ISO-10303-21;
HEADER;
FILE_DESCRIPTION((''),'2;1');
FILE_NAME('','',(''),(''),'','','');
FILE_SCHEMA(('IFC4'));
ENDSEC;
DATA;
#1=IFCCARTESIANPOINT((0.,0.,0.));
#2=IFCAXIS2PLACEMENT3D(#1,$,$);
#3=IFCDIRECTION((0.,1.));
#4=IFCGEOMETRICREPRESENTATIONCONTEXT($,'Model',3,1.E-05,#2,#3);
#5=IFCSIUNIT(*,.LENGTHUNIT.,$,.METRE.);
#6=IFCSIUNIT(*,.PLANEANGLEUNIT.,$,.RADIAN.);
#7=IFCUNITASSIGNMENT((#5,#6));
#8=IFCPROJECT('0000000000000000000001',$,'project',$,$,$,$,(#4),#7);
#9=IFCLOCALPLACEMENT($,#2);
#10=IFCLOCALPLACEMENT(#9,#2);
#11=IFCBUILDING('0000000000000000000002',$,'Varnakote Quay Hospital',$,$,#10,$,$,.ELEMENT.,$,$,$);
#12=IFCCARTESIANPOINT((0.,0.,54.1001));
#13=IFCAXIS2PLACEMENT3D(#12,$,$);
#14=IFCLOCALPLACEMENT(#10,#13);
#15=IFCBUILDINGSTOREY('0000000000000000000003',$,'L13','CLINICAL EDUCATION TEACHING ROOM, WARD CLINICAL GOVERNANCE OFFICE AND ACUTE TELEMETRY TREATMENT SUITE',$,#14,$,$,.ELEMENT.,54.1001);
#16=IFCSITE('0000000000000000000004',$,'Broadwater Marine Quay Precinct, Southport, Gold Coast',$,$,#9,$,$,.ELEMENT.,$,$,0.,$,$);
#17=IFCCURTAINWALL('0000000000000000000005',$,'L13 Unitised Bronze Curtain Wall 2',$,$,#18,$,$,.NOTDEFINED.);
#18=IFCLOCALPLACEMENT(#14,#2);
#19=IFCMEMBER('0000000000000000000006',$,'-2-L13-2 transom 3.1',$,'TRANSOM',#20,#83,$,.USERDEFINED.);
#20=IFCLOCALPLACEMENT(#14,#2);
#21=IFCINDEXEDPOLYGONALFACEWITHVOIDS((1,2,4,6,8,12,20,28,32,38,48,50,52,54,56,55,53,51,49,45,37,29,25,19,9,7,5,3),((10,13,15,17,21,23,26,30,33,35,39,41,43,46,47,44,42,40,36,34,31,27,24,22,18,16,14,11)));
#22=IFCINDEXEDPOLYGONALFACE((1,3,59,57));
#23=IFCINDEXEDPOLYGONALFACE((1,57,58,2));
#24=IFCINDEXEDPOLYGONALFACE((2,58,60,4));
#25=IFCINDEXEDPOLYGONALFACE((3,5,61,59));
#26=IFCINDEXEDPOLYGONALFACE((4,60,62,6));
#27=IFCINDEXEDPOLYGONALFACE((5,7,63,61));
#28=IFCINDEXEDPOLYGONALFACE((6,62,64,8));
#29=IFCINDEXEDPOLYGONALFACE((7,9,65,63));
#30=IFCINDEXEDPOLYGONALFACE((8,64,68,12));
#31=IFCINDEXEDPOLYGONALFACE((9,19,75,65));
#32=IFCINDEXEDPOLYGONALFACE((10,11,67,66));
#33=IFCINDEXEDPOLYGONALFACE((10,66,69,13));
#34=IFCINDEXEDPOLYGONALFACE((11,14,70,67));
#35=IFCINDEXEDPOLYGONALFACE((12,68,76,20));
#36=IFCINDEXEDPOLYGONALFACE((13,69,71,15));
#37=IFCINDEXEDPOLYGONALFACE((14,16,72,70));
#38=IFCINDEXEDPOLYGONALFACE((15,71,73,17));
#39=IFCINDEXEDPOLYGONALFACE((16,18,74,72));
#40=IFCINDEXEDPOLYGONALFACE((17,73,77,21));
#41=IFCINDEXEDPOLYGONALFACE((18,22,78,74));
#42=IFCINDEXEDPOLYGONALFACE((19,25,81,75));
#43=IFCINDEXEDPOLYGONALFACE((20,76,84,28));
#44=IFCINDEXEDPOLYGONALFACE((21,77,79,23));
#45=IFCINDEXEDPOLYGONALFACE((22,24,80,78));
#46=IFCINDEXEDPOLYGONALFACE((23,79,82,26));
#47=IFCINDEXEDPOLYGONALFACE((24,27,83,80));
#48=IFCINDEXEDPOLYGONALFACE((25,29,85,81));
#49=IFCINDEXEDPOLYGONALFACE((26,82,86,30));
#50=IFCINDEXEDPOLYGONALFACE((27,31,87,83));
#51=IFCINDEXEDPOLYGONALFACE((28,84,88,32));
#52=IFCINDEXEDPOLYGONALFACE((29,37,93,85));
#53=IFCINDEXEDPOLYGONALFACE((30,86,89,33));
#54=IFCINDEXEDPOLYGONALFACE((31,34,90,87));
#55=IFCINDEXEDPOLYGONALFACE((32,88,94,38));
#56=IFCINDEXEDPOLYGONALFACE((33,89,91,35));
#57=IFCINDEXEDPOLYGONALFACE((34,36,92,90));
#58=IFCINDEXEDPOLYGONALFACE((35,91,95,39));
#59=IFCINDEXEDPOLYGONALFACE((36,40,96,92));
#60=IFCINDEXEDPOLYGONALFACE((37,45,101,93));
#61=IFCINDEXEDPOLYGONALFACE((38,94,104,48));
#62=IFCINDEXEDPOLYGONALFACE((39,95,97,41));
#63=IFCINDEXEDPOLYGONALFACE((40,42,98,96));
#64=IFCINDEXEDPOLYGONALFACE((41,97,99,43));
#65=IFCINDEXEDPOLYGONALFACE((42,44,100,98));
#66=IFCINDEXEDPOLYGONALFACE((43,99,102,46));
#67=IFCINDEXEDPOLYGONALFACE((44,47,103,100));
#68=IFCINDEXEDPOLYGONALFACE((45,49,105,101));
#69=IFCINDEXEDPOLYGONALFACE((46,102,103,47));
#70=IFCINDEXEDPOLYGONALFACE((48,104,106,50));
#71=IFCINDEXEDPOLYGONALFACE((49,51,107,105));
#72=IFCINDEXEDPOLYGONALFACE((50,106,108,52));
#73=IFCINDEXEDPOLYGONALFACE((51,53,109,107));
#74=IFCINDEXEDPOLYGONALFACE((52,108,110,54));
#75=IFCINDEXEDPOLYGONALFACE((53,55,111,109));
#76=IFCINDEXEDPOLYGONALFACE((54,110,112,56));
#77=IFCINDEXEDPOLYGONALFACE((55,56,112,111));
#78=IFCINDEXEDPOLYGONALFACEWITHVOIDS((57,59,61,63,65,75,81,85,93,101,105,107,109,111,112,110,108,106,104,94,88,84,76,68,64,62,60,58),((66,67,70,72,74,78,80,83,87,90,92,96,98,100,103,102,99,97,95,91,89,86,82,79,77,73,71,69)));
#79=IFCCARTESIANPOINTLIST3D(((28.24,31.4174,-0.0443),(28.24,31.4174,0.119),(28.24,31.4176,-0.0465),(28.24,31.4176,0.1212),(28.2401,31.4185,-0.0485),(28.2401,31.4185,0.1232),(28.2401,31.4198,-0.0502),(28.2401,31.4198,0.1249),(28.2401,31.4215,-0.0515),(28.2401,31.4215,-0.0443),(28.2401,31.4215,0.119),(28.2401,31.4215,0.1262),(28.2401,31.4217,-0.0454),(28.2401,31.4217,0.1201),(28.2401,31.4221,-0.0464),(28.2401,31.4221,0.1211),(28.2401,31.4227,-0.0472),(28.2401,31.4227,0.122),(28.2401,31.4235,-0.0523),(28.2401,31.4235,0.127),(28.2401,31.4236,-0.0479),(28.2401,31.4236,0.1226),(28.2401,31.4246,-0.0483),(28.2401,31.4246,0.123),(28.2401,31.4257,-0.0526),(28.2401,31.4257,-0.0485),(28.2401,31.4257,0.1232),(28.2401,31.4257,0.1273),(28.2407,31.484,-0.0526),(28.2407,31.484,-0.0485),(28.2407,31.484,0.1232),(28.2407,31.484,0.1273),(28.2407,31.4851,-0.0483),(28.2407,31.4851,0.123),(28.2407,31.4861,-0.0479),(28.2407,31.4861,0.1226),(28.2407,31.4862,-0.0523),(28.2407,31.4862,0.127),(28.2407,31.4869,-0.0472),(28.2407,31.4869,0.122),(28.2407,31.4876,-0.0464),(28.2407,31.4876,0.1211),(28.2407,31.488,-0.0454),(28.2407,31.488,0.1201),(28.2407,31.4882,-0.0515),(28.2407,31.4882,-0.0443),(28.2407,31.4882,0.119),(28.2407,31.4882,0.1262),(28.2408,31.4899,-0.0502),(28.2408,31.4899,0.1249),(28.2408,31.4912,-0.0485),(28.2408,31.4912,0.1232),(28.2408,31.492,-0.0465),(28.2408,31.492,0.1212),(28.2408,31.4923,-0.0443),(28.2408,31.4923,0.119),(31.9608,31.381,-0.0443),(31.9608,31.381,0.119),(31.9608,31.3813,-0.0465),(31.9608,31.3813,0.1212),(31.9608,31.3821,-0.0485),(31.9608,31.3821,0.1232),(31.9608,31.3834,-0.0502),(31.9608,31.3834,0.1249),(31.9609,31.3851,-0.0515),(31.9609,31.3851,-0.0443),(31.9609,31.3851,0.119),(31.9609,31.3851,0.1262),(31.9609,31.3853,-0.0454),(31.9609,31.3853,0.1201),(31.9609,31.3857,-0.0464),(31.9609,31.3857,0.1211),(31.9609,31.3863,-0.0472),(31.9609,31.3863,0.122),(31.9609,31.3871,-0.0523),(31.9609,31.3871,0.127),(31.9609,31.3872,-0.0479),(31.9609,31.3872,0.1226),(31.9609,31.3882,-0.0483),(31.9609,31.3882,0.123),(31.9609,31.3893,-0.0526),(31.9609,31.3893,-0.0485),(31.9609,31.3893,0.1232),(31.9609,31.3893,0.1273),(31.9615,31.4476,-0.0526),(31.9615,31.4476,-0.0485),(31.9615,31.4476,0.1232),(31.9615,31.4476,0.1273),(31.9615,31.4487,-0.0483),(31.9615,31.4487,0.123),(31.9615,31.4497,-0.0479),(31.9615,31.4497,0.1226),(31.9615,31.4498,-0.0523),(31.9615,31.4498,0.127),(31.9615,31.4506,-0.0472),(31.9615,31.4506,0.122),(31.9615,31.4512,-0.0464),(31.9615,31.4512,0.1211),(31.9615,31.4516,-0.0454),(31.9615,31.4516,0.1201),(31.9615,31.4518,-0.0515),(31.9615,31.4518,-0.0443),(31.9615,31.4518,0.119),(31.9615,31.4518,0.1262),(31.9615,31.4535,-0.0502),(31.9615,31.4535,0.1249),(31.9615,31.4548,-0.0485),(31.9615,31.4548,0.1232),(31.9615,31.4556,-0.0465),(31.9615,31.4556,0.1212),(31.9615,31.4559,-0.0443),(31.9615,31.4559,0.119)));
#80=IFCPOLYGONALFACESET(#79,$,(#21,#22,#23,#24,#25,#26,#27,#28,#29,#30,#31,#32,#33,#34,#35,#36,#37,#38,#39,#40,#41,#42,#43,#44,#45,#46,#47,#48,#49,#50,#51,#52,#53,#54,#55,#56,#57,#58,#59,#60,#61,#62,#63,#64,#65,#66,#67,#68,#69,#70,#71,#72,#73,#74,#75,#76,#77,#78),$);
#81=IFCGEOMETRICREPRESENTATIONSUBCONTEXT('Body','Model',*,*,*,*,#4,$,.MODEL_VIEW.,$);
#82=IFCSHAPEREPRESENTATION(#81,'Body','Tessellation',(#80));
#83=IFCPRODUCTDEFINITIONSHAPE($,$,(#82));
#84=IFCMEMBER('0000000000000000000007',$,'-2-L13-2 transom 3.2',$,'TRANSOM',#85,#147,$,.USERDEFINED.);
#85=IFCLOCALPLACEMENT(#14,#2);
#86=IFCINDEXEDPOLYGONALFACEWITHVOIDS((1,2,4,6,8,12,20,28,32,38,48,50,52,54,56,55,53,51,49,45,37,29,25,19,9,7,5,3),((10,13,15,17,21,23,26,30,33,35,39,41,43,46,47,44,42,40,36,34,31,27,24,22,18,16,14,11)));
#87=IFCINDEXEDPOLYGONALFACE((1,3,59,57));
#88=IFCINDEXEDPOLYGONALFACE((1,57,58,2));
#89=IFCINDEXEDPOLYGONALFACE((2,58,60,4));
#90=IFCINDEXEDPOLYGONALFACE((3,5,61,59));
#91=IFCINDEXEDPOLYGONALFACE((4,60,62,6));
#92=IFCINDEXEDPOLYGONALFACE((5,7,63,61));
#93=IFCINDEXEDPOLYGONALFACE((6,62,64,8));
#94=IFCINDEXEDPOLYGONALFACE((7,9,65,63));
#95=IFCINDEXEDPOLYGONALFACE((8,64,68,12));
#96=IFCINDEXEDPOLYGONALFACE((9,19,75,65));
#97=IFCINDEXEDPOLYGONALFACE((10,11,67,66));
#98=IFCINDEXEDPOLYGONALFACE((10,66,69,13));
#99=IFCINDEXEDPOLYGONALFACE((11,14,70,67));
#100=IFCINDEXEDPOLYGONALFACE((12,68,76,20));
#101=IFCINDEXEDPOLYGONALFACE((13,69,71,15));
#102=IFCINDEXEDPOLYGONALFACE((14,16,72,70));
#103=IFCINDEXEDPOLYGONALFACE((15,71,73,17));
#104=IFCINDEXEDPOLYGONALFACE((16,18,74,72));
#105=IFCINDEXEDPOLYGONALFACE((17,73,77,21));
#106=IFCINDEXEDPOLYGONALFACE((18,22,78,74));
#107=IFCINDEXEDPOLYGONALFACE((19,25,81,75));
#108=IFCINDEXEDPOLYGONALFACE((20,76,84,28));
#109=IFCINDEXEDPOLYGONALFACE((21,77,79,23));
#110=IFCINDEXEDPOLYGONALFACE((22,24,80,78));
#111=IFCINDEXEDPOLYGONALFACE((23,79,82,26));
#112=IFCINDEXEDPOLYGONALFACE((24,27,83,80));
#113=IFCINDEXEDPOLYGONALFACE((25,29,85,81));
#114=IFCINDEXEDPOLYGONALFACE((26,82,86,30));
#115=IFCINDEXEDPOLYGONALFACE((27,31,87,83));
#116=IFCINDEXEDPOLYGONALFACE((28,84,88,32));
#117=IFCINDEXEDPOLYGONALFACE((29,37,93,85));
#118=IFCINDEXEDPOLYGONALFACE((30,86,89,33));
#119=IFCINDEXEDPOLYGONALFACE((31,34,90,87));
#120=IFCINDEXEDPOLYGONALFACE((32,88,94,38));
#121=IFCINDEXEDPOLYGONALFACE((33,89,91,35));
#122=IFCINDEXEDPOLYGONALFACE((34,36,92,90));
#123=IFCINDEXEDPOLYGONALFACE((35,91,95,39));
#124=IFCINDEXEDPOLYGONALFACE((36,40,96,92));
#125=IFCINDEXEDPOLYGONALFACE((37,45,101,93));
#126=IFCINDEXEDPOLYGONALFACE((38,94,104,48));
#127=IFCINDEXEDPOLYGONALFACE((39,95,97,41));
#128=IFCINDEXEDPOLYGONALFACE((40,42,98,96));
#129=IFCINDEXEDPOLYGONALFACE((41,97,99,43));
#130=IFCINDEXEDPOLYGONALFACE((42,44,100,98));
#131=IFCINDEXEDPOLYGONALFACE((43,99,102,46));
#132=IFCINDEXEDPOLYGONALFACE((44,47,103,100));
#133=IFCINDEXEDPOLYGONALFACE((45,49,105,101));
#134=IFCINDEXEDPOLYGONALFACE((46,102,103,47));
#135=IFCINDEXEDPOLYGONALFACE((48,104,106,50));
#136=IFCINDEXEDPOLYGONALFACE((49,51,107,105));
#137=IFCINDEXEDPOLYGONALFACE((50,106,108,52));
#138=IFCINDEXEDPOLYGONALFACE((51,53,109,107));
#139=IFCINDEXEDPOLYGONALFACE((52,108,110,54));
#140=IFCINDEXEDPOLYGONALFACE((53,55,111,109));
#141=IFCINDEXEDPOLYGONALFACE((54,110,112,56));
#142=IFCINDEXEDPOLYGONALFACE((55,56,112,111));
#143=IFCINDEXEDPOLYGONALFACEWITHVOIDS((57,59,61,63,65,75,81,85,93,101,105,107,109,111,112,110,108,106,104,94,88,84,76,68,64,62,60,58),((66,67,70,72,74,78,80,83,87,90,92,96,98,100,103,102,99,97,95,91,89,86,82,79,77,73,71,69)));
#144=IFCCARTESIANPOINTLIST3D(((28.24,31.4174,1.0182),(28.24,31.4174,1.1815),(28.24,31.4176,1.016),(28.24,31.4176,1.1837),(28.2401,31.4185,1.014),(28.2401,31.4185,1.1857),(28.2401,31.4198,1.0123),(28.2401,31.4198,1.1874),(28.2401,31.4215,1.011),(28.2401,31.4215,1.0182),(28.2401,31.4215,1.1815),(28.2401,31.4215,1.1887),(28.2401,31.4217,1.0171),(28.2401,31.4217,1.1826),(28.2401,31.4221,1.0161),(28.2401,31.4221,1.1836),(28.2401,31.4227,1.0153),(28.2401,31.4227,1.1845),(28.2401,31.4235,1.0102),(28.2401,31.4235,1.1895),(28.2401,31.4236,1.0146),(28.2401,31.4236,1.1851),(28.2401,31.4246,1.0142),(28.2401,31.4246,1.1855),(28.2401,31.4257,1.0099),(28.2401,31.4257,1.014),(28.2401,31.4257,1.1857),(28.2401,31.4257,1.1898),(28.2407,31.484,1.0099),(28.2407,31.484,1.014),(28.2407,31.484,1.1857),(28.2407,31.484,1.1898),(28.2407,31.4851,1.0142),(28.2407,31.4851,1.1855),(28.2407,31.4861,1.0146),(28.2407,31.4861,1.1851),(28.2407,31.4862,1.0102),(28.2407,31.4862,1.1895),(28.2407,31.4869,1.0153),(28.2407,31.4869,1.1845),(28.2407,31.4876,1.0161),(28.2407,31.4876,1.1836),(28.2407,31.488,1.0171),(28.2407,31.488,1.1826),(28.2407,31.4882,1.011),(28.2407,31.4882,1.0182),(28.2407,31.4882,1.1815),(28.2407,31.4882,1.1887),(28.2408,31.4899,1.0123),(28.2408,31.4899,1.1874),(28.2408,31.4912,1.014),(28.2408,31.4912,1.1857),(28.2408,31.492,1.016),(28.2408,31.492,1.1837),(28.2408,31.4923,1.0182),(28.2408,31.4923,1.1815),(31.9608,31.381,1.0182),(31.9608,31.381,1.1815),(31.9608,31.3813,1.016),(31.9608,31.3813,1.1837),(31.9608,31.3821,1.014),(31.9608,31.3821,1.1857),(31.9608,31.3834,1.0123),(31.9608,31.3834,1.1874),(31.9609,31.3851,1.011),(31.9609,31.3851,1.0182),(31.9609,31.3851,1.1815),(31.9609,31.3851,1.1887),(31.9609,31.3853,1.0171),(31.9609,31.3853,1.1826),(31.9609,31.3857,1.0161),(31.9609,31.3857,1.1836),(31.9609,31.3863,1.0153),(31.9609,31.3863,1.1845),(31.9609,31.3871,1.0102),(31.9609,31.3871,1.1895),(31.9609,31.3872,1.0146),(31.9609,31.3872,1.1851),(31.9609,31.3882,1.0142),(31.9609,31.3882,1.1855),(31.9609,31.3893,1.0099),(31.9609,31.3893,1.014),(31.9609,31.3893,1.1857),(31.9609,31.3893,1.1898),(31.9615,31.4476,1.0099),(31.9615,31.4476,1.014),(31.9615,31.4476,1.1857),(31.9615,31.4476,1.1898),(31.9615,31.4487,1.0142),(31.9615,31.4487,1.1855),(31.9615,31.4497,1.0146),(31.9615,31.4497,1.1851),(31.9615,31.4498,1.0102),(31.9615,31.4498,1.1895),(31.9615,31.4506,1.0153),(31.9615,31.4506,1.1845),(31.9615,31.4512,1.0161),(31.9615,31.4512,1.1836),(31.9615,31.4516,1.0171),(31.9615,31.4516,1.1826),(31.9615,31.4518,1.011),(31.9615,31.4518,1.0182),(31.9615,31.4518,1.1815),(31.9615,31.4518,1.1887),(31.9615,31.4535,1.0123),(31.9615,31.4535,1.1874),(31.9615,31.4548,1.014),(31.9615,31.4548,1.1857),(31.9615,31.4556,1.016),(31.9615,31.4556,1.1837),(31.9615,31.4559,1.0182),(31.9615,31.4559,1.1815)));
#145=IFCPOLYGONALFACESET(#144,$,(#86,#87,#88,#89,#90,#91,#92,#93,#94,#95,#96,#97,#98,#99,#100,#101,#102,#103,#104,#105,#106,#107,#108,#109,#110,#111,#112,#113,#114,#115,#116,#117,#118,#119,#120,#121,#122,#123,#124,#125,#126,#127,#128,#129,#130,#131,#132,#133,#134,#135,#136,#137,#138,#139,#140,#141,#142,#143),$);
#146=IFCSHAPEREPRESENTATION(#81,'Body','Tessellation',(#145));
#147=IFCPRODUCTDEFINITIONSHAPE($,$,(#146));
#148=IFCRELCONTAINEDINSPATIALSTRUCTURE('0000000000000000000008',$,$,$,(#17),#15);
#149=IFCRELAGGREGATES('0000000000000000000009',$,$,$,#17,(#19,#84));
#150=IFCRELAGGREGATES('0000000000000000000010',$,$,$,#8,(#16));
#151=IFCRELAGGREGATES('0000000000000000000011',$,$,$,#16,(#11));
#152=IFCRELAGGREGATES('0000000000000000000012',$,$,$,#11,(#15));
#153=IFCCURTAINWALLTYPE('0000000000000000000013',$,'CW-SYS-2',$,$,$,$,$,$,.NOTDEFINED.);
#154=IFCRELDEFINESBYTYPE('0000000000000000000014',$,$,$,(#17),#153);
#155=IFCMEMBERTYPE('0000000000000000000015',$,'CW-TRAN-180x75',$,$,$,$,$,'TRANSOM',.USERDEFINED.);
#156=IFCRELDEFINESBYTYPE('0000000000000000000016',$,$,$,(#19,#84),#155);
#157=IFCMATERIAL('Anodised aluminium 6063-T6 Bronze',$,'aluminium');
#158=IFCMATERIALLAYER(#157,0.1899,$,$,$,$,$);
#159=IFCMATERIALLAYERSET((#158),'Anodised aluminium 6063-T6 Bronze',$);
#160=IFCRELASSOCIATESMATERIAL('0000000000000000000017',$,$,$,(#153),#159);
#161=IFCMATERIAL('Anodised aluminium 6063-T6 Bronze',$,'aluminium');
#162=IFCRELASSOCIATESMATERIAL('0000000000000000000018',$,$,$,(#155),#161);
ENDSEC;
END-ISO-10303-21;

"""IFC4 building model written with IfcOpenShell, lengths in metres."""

from ifc_helpers import new_model, si_unit, direction, frame, origin, origin_2d, place, context, subcontext, project, spatial, hollow_rectangle, extrude, material, layer, layer_set, material_profile, profile_set, type_object, element, aggregate, save


model = new_model("IFC4")

# Units and contexts
model_context = context("Model", 3, precision=1e-05, world=origin(), true_north=direction((0.0, 1.0)))
body_context = subcontext(model_context, "Body", "Model", "MODEL_VIEW")
ifc_project = project(units=[si_unit("LENGTHUNIT", "METRE"), si_unit("PLANEANGLEUNIT", "RADIAN")], contexts=[model_context])

# Site, building, storey
site_placement = place(None, origin())
site = spatial("IfcSite", under=ifc_project, at=site_placement, Name="Broadwater Marine Quay Precinct, Southport, Gold Coast", CompositionType="ELEMENT", RefElevation=0.0)
building_placement = place(site_placement, origin())
building = spatial("IfcBuilding", under=site, at=building_placement, Name="Varnakote Quay Hospital", CompositionType="ELEMENT")
storey_placement = place(building_placement, frame((0.0, 0.0, 54.1001)))
storey = spatial("IfcBuildingStorey", under=building, at=storey_placement, Name="L13", Description="CLINICAL EDUCATION TEACHING ROOM, WARD CLINICAL GOVERNANCE OFFICE AND ACUTE TELEMETRY TREATMENT SUITE", CompositionType="ELEMENT", Elevation=54.1001)

# Shared definitions
ifc_material_1 = material(Name="Anodised aluminium 6063-T6 Bronze", Category="aluminium")
ifc_layer_1 = layer(ifc_material_1, 0.1899)
ifc_layer_set_1 = layer_set([ifc_layer_1], Name="Anodised aluminium 6063-T6 Bronze")
curtain_wall_type = type_object("IfcCurtainWallType", Name="CW-SYS-2", PredefinedType="NOTDEFINED", material=ifc_layer_set_1)

# Curtain wall, members
curtain_wall_1_placement = place(storey_placement, origin())
curtain_wall_1 = element("IfcCurtainWall", 1, at=curtain_wall_1_placement, inside=storey, type_object=curtain_wall_type, Name="L13 Unitised Bronze Curtain Wall 2", PredefinedType="NOTDEFINED")
ifc_material_2 = material(Name="Anodised aluminium 6063-T6 Bronze", Category="aluminium")
ifc_material_profile_1 = material_profile(ifc_material_2, hollow_rectangle(XDim=0.075, YDim=0.1799, WallThickness=0.0042, InnerFilletRadius=0.0042, OuterFilletRadius=0.0083, at=origin_2d()), Name="CW-TRAN-180x75")
ifc_profile_set_1 = profile_set([ifc_material_profile_1], Name="Anodised aluminium 6063-T6 Bronze")
member_type_1 = type_object("IfcMemberType", Name="CW-TRAN-180x75", ElementType="TRANSOM", PredefinedType="USERDEFINED", material=ifc_profile_set_1)
member_1_placement = place(storey_placement, frame((31.9612, 31.4185, 0.0374), z_axis=(-0.999952, 0.009776, 0.0), x_axis=(-0.009776, -0.999952, 0.0)))
member_1 = element("IfcMember", 2, at=member_1_placement, type_object=member_type_1, Name="-2-L13-2 transom 3.1", ObjectType="TRANSOM", PredefinedType="USERDEFINED", context=body_context, shape_type="SweptSolid", body=[
    extrude(hollow_rectangle(XDim=0.075, YDim=0.1799, WallThickness=0.0042, InnerFilletRadius=0.0042, OuterFilletRadius=0.0083, at=origin_2d()), origin(), (0.0, 0.0, 1.0), 3.7209),
])
member_2_placement = place(storey_placement, frame((31.9612, 31.4185, 1.0999), z_axis=(-0.999952, 0.009776, 0.0), x_axis=(-0.009776, -0.999952, 0.0)))
member_2 = element("IfcMember", 3, at=member_2_placement, type_object=member_type_1, Name="-2-L13-2 transom 3.2", ObjectType="TRANSOM", PredefinedType="USERDEFINED", context=body_context, shape_type="SweptSolid", body=[
    extrude(hollow_rectangle(XDim=0.075, YDim=0.1799, WallThickness=0.0042, InnerFilletRadius=0.0042, OuterFilletRadius=0.0083, at=origin_2d()), origin(), (0.0, 0.0, 1.0), 3.7209),
])

aggregate(curtain_wall_1, [member_1, member_2])

save(model, "model.ifc")
